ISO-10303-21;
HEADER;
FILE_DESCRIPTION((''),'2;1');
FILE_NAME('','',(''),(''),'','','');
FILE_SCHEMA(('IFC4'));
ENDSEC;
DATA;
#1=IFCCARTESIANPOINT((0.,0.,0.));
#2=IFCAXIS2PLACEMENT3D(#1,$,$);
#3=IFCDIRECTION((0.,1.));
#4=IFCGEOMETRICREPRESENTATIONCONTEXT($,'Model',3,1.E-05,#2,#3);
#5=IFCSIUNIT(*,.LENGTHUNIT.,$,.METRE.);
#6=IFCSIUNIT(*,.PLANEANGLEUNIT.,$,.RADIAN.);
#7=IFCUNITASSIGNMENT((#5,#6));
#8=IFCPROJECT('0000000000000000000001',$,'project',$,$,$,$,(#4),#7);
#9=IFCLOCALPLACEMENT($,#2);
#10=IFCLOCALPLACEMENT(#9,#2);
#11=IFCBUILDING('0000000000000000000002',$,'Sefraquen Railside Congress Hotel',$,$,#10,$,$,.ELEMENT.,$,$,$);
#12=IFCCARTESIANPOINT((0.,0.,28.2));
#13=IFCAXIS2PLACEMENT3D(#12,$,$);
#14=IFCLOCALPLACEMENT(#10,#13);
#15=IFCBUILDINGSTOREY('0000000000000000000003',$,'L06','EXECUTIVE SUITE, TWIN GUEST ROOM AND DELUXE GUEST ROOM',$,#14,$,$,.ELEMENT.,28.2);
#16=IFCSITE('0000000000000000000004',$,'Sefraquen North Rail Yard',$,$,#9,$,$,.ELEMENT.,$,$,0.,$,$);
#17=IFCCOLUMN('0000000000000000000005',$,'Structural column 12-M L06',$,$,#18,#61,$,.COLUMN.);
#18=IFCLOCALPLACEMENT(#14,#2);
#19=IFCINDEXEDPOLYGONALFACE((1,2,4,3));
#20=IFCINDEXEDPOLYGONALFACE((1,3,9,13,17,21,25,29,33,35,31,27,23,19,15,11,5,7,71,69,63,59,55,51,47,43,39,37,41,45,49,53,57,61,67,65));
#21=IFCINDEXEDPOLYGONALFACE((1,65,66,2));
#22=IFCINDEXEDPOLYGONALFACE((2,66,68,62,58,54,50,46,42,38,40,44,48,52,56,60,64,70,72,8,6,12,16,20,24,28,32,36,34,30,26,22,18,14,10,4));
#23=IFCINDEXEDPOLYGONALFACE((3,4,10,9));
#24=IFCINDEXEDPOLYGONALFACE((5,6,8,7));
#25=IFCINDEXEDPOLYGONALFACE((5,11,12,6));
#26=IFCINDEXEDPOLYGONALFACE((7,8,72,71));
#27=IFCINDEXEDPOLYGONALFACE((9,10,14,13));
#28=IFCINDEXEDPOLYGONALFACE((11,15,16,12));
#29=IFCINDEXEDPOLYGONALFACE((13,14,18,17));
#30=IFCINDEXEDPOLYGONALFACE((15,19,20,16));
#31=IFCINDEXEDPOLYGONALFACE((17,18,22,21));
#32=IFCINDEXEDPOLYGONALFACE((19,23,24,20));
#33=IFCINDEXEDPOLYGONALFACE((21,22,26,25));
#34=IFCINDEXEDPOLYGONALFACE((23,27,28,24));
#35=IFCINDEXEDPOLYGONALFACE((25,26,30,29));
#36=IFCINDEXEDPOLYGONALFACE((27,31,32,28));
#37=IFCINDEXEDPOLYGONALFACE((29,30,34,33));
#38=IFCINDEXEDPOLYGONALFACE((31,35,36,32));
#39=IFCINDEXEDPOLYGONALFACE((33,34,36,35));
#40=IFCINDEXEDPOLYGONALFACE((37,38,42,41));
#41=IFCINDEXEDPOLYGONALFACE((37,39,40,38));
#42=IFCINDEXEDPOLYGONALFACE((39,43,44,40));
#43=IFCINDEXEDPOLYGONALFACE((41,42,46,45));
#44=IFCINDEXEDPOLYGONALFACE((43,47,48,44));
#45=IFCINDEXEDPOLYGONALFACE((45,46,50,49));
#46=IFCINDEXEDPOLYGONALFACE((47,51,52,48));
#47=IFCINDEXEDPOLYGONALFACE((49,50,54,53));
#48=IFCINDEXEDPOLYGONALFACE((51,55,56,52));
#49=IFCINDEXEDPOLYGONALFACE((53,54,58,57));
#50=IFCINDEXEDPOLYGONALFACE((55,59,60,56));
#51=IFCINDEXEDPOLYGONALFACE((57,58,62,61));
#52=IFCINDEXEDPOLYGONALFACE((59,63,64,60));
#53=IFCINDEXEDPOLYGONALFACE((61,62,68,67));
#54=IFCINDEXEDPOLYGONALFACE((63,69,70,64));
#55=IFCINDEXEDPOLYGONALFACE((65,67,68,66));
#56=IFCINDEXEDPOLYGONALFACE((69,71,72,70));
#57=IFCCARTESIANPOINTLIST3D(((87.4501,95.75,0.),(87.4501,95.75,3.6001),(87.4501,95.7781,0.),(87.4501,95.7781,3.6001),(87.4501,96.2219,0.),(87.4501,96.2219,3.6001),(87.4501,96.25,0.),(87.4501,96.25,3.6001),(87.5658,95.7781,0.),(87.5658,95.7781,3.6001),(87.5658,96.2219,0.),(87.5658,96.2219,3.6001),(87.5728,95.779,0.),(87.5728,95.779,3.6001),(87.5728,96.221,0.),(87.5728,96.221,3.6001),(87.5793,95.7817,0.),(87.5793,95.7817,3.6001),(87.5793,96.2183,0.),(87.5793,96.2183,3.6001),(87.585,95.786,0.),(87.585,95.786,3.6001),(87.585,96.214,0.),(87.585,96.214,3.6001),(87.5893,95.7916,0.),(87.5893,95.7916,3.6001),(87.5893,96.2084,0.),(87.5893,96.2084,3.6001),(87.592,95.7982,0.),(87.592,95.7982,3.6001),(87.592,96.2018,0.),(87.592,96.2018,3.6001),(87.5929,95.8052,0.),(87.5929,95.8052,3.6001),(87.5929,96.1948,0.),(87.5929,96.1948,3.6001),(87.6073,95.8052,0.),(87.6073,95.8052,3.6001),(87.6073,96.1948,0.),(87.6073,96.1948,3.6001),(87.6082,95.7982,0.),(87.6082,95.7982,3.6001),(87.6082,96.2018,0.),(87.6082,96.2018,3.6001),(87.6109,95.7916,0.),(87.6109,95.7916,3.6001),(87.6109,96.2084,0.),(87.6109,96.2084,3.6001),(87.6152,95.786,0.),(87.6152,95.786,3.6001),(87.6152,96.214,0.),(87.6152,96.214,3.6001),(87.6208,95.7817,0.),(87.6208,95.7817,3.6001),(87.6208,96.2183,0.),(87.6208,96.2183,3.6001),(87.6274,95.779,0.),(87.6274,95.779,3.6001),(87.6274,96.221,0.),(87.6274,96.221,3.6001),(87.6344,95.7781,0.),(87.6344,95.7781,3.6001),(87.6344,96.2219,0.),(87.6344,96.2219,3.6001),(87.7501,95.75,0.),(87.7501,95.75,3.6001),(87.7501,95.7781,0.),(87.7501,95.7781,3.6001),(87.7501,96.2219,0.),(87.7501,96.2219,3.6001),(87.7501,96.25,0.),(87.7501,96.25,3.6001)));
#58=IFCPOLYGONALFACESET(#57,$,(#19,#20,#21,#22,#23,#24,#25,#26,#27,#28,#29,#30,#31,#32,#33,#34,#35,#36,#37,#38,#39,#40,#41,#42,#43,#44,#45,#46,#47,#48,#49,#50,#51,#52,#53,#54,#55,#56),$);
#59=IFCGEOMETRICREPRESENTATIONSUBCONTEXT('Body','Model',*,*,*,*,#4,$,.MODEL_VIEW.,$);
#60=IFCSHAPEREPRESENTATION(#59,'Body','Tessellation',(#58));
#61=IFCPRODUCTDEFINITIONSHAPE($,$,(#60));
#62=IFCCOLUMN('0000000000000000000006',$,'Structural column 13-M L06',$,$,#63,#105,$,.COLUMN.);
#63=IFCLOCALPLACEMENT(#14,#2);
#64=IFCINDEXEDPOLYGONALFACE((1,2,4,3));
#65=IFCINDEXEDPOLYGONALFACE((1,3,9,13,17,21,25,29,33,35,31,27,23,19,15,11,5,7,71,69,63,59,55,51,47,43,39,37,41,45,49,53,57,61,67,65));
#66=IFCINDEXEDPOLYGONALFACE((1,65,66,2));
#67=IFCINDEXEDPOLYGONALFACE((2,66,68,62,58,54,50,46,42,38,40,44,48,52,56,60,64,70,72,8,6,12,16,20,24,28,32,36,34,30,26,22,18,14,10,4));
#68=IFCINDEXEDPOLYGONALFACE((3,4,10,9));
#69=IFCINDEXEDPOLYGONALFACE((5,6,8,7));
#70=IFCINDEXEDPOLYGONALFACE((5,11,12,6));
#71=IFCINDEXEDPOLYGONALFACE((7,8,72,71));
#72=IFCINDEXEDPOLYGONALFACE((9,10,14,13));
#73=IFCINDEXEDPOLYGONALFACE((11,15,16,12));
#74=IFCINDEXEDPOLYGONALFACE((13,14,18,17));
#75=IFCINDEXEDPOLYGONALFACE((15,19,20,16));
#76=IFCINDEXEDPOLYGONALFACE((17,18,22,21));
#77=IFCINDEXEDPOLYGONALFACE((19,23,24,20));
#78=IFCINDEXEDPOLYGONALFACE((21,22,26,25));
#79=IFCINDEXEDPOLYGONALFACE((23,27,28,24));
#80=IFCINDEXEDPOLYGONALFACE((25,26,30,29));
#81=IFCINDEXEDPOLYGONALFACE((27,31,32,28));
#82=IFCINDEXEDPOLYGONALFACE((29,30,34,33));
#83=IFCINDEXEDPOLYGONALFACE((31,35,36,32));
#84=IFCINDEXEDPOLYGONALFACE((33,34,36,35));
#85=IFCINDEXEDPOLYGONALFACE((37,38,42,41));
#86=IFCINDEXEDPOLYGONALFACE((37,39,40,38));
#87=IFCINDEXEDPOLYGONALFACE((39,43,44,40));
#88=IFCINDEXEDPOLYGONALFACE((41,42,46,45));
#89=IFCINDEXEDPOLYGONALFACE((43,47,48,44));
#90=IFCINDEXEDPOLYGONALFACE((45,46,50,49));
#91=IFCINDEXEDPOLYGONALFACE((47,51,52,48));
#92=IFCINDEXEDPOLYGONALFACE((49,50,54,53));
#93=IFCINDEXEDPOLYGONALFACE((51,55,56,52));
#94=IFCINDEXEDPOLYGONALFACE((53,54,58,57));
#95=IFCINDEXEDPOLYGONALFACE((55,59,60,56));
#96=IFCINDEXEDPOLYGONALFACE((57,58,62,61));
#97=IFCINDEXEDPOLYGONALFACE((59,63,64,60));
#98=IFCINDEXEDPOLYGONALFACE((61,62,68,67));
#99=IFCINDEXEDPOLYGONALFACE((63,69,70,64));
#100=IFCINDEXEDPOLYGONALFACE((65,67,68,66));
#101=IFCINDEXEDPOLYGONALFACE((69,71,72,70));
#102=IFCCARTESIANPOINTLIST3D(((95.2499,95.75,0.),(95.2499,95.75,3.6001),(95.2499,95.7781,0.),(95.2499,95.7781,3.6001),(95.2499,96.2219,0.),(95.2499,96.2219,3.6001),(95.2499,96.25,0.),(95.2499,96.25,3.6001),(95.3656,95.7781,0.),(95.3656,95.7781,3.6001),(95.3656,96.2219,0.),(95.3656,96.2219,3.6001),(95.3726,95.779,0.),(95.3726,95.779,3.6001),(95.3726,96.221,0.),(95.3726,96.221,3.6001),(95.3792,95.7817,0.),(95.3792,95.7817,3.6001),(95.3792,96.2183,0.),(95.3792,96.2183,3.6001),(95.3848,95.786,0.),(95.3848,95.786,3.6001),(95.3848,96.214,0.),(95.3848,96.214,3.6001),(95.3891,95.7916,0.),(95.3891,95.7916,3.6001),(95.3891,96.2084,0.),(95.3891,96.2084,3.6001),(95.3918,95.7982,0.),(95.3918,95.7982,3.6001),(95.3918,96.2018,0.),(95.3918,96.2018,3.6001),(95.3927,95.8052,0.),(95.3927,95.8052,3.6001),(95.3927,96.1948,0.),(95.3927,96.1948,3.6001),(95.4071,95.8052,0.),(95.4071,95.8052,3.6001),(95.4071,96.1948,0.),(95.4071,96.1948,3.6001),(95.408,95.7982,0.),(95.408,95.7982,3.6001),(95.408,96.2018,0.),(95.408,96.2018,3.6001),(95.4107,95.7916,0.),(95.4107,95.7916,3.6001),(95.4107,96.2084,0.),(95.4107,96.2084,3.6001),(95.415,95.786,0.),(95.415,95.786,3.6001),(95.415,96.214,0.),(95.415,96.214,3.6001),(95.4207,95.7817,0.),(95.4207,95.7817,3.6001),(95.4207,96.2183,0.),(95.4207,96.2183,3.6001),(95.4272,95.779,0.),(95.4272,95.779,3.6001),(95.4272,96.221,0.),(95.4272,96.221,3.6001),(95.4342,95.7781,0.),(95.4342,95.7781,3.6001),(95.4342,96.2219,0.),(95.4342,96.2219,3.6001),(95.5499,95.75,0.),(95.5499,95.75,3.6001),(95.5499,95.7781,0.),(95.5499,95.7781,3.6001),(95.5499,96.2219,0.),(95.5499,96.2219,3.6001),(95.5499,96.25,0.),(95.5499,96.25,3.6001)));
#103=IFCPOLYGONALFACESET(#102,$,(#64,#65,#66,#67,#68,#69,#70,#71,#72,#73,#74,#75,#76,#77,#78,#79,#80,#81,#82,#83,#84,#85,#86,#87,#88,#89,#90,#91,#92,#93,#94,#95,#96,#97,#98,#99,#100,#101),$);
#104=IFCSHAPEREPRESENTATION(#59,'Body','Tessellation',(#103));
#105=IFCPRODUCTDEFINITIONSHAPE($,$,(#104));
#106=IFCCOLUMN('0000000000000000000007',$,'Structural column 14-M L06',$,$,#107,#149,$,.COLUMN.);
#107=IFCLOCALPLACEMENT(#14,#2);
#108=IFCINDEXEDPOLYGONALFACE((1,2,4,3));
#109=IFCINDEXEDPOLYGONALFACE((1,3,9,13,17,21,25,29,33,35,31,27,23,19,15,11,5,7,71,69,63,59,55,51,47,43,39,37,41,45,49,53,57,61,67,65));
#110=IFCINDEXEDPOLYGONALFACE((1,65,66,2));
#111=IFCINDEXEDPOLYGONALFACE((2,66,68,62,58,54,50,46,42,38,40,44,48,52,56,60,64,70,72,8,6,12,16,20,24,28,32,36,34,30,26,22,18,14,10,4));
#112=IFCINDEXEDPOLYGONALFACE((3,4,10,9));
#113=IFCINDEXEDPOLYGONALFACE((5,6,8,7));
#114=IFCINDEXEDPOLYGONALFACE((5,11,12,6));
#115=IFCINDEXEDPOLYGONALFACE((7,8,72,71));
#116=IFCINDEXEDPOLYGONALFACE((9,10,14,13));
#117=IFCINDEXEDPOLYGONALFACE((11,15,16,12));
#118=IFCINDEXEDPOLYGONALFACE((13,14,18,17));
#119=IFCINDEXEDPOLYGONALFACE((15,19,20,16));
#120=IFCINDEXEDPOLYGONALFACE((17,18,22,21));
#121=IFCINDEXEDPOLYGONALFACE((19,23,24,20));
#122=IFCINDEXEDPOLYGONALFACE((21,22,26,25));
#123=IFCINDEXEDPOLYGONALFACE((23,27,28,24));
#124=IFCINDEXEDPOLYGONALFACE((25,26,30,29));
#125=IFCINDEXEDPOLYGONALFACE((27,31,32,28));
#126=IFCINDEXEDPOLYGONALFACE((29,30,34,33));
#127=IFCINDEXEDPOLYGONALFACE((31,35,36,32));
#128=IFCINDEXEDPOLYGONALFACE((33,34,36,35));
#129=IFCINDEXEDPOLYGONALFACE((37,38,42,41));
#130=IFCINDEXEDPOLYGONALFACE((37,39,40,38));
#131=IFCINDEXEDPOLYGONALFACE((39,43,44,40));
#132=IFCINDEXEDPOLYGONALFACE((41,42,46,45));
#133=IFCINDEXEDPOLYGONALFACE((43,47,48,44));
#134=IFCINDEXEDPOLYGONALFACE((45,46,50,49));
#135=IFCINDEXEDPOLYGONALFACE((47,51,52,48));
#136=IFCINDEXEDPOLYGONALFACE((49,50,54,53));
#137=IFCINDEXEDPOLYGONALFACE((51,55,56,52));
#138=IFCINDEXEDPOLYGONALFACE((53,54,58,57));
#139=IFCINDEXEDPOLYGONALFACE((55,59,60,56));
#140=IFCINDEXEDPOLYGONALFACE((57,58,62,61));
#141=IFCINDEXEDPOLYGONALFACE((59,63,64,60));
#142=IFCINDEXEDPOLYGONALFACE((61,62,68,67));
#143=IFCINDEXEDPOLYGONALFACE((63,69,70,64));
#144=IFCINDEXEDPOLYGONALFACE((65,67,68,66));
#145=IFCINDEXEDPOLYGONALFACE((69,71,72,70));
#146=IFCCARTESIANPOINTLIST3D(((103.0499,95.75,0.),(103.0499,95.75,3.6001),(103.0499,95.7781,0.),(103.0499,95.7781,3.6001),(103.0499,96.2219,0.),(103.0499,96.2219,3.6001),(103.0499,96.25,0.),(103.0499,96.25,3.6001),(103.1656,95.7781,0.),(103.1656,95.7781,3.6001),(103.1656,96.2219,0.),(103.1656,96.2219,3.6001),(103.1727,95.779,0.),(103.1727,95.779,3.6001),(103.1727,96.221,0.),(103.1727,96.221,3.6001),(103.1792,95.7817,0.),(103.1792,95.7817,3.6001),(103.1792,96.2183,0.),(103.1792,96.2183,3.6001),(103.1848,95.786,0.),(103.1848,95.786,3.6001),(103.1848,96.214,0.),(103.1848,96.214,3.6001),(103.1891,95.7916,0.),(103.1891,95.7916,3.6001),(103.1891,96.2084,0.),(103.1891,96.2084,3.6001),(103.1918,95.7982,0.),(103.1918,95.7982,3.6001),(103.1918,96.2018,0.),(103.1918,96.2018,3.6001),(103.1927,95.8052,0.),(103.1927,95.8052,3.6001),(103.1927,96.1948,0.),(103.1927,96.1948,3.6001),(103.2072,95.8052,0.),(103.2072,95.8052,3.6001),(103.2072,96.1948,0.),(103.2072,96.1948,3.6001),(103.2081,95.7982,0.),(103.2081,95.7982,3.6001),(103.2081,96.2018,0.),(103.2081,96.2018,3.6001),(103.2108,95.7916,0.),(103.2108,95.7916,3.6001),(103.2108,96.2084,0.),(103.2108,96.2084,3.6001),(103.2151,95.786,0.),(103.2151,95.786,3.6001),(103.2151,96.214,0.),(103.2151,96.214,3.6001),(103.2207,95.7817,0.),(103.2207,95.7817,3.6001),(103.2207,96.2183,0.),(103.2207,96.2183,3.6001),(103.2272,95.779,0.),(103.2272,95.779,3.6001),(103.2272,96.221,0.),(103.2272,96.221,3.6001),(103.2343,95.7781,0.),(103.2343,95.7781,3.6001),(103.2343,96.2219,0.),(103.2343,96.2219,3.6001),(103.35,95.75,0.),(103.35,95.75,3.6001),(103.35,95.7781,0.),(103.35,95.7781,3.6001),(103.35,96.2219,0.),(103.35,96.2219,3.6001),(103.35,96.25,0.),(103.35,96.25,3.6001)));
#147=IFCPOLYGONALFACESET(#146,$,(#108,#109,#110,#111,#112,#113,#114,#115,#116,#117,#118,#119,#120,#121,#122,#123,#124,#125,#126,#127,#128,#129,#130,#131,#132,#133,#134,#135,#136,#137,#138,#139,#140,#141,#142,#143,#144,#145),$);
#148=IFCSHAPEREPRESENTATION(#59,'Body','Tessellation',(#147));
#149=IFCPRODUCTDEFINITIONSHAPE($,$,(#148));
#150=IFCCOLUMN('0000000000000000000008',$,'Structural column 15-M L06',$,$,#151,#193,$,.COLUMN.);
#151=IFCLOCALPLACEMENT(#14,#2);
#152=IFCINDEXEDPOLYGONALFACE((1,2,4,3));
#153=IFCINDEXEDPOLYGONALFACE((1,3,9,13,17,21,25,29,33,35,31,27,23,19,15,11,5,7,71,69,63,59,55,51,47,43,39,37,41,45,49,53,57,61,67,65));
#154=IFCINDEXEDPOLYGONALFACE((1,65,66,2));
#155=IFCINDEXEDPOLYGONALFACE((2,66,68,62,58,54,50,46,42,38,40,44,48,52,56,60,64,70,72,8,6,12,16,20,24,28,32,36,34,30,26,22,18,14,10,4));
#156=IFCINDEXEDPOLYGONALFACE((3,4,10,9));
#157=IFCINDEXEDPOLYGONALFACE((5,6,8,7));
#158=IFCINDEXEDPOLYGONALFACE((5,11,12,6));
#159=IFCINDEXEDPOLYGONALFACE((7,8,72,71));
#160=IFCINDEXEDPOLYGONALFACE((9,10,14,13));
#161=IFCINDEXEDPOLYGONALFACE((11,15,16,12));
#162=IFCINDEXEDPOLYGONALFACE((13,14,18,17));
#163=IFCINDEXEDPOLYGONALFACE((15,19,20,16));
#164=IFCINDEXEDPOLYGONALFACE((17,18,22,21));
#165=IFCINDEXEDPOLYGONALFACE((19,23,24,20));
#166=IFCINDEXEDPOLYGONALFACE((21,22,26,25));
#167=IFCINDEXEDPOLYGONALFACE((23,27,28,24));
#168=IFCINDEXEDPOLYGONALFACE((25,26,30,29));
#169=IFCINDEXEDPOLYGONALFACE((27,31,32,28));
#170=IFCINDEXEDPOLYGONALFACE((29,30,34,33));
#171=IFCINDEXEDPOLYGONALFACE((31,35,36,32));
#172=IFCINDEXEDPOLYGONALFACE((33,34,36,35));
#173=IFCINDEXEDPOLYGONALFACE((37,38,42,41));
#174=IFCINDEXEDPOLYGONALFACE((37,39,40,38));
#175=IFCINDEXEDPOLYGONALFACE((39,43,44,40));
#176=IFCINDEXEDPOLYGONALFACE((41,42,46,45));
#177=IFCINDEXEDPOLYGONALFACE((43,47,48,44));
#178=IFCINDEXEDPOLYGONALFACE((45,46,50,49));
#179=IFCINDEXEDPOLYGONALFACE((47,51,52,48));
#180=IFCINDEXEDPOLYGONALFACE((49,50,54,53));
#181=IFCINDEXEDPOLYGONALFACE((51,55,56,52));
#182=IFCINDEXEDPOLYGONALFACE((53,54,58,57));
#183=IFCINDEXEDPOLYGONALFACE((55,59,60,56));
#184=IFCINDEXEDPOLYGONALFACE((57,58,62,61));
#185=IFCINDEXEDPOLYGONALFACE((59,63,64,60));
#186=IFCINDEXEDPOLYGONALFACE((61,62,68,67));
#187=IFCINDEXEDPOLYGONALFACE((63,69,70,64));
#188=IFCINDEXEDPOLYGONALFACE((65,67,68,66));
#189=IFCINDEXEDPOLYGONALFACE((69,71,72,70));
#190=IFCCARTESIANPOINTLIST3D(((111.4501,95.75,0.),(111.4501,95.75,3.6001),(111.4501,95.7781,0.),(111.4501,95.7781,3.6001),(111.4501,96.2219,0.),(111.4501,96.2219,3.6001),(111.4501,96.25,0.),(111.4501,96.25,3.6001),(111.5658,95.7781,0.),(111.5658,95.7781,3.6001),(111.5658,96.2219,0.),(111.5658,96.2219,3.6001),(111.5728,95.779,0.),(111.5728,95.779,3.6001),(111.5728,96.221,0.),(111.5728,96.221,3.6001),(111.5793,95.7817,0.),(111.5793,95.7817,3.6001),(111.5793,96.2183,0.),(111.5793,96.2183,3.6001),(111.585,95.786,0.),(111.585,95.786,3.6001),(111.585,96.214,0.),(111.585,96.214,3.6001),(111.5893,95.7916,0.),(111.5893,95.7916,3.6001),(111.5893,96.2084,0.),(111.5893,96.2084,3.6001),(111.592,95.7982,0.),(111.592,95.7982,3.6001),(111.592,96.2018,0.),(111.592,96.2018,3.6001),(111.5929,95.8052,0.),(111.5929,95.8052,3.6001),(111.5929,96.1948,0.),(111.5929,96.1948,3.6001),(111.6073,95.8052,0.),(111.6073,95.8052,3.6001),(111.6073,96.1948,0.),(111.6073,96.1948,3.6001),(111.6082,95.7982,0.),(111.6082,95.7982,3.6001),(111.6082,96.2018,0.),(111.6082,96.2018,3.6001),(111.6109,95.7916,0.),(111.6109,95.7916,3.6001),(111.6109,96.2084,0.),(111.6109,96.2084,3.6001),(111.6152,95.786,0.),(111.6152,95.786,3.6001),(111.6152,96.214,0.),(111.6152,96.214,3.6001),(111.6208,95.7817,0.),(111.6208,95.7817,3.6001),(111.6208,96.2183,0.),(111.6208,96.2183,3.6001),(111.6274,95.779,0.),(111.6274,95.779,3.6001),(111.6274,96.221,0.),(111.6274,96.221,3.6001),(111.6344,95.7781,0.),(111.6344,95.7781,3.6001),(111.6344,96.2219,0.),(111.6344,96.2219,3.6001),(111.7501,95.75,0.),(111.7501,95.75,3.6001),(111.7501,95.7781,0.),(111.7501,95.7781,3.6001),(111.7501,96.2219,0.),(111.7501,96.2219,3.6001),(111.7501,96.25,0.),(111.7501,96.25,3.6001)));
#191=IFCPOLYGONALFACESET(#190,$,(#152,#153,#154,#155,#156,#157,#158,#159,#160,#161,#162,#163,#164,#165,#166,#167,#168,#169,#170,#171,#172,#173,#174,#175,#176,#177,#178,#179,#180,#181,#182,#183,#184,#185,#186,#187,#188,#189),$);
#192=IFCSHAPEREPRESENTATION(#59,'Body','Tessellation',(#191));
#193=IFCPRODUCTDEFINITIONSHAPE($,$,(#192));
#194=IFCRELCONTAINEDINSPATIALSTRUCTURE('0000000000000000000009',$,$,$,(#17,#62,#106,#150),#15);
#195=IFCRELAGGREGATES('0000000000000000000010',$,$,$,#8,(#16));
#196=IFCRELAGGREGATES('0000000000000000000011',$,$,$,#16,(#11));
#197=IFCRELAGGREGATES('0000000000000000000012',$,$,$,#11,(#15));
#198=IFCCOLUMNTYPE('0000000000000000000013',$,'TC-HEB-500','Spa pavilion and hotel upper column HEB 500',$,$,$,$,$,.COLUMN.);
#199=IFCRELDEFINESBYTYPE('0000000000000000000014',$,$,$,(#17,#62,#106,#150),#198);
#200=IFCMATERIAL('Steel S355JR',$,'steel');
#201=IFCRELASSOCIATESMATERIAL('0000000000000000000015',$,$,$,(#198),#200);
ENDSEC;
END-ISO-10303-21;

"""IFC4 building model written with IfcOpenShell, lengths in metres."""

from ifc_helpers import new_model, si_unit, direction, frame, origin, origin_2d, place, context, subcontext, project, spatial, i_section, extrude, material, material_profile, profile_set, type_object, element, save


model = new_model("IFC4")

# Units and contexts
model_context = context("Model", 3, precision=1e-05, world=origin(), true_north=direction((0.0, 1.0)))
body_context = subcontext(model_context, "Body", "Model", "MODEL_VIEW")
ifc_project = project(units=[si_unit("LENGTHUNIT", "METRE"), si_unit("PLANEANGLEUNIT", "RADIAN")], contexts=[model_context])

# Site, building, storey
site_placement = place(None, origin())
site = spatial("IfcSite", under=ifc_project, at=site_placement, Name="Sefraquen North Rail Yard", CompositionType="ELEMENT", RefElevation=0.0)
building_placement = place(site_placement, origin())
building = spatial("IfcBuilding", under=site, at=building_placement, Name="Sefraquen Railside Congress Hotel", CompositionType="ELEMENT")
storey_placement = place(building_placement, frame((0.0, 0.0, 28.2)))
storey = spatial("IfcBuildingStorey", under=building, at=storey_placement, Name="L06", Description="EXECUTIVE SUITE, TWIN GUEST ROOM AND DELUXE GUEST ROOM", CompositionType="ELEMENT", Elevation=28.2)

# Columns
ifc_material_1 = material(Name="Steel S355JR", Category="steel")
ifc_material_profile_1 = material_profile(ifc_material_1, i_section(OverallWidth=0.3, OverallDepth=0.5, WebThickness=0.0144, FlangeThickness=0.0281, FilletRadius=0.0271, at=origin_2d()), Name="HEB 500")
ifc_profile_set_1 = profile_set([ifc_material_profile_1], Name="Steel S355JR")
column_type = type_object("IfcColumnType", Name="TC-HEB-500", Description="Spa pavilion and hotel upper column HEB 500", PredefinedType="COLUMN", material=ifc_profile_set_1)
for number, where, z_axis, x_axis, name in (
    (1, (87.6001, 96.0, 0.0), (0.0, 0.0, 1.0), (1.0, 0.0, 0.0), "Structural column 12-M L06"),
    (2, (95.3999, 96.0, 0.0), (0.0, 0.0, 1.0), (1.0, 0.0, 0.0), "Structural column 13-M L06"),
    (3, (103.2, 96.0, 0.0), (0.0, 0.0, 1.0), (1.0, 0.0, 0.0), "Structural column 14-M L06"),
    (4, (111.6001, 96.0, 0.0), (0.0, 0.0, 1.0), (1.0, 0.0, 0.0), "Structural column 15-M L06"),
):
    element("IfcColumn", number, at=place(storey_placement, frame(where, z_axis=z_axis, x_axis=x_axis)), inside=storey, type_object=column_type, Name=name, PredefinedType="COLUMN", context=body_context, shape_type="SweptSolid", body=[
        extrude(i_section(OverallWidth=0.3, OverallDepth=0.5, WebThickness=0.0144, FlangeThickness=0.0281, FilletRadius=0.0271, at=origin_2d()), origin(), (0.0, 0.0, 1.0), 3.6001),
    ])

save(model, "model.ifc")
